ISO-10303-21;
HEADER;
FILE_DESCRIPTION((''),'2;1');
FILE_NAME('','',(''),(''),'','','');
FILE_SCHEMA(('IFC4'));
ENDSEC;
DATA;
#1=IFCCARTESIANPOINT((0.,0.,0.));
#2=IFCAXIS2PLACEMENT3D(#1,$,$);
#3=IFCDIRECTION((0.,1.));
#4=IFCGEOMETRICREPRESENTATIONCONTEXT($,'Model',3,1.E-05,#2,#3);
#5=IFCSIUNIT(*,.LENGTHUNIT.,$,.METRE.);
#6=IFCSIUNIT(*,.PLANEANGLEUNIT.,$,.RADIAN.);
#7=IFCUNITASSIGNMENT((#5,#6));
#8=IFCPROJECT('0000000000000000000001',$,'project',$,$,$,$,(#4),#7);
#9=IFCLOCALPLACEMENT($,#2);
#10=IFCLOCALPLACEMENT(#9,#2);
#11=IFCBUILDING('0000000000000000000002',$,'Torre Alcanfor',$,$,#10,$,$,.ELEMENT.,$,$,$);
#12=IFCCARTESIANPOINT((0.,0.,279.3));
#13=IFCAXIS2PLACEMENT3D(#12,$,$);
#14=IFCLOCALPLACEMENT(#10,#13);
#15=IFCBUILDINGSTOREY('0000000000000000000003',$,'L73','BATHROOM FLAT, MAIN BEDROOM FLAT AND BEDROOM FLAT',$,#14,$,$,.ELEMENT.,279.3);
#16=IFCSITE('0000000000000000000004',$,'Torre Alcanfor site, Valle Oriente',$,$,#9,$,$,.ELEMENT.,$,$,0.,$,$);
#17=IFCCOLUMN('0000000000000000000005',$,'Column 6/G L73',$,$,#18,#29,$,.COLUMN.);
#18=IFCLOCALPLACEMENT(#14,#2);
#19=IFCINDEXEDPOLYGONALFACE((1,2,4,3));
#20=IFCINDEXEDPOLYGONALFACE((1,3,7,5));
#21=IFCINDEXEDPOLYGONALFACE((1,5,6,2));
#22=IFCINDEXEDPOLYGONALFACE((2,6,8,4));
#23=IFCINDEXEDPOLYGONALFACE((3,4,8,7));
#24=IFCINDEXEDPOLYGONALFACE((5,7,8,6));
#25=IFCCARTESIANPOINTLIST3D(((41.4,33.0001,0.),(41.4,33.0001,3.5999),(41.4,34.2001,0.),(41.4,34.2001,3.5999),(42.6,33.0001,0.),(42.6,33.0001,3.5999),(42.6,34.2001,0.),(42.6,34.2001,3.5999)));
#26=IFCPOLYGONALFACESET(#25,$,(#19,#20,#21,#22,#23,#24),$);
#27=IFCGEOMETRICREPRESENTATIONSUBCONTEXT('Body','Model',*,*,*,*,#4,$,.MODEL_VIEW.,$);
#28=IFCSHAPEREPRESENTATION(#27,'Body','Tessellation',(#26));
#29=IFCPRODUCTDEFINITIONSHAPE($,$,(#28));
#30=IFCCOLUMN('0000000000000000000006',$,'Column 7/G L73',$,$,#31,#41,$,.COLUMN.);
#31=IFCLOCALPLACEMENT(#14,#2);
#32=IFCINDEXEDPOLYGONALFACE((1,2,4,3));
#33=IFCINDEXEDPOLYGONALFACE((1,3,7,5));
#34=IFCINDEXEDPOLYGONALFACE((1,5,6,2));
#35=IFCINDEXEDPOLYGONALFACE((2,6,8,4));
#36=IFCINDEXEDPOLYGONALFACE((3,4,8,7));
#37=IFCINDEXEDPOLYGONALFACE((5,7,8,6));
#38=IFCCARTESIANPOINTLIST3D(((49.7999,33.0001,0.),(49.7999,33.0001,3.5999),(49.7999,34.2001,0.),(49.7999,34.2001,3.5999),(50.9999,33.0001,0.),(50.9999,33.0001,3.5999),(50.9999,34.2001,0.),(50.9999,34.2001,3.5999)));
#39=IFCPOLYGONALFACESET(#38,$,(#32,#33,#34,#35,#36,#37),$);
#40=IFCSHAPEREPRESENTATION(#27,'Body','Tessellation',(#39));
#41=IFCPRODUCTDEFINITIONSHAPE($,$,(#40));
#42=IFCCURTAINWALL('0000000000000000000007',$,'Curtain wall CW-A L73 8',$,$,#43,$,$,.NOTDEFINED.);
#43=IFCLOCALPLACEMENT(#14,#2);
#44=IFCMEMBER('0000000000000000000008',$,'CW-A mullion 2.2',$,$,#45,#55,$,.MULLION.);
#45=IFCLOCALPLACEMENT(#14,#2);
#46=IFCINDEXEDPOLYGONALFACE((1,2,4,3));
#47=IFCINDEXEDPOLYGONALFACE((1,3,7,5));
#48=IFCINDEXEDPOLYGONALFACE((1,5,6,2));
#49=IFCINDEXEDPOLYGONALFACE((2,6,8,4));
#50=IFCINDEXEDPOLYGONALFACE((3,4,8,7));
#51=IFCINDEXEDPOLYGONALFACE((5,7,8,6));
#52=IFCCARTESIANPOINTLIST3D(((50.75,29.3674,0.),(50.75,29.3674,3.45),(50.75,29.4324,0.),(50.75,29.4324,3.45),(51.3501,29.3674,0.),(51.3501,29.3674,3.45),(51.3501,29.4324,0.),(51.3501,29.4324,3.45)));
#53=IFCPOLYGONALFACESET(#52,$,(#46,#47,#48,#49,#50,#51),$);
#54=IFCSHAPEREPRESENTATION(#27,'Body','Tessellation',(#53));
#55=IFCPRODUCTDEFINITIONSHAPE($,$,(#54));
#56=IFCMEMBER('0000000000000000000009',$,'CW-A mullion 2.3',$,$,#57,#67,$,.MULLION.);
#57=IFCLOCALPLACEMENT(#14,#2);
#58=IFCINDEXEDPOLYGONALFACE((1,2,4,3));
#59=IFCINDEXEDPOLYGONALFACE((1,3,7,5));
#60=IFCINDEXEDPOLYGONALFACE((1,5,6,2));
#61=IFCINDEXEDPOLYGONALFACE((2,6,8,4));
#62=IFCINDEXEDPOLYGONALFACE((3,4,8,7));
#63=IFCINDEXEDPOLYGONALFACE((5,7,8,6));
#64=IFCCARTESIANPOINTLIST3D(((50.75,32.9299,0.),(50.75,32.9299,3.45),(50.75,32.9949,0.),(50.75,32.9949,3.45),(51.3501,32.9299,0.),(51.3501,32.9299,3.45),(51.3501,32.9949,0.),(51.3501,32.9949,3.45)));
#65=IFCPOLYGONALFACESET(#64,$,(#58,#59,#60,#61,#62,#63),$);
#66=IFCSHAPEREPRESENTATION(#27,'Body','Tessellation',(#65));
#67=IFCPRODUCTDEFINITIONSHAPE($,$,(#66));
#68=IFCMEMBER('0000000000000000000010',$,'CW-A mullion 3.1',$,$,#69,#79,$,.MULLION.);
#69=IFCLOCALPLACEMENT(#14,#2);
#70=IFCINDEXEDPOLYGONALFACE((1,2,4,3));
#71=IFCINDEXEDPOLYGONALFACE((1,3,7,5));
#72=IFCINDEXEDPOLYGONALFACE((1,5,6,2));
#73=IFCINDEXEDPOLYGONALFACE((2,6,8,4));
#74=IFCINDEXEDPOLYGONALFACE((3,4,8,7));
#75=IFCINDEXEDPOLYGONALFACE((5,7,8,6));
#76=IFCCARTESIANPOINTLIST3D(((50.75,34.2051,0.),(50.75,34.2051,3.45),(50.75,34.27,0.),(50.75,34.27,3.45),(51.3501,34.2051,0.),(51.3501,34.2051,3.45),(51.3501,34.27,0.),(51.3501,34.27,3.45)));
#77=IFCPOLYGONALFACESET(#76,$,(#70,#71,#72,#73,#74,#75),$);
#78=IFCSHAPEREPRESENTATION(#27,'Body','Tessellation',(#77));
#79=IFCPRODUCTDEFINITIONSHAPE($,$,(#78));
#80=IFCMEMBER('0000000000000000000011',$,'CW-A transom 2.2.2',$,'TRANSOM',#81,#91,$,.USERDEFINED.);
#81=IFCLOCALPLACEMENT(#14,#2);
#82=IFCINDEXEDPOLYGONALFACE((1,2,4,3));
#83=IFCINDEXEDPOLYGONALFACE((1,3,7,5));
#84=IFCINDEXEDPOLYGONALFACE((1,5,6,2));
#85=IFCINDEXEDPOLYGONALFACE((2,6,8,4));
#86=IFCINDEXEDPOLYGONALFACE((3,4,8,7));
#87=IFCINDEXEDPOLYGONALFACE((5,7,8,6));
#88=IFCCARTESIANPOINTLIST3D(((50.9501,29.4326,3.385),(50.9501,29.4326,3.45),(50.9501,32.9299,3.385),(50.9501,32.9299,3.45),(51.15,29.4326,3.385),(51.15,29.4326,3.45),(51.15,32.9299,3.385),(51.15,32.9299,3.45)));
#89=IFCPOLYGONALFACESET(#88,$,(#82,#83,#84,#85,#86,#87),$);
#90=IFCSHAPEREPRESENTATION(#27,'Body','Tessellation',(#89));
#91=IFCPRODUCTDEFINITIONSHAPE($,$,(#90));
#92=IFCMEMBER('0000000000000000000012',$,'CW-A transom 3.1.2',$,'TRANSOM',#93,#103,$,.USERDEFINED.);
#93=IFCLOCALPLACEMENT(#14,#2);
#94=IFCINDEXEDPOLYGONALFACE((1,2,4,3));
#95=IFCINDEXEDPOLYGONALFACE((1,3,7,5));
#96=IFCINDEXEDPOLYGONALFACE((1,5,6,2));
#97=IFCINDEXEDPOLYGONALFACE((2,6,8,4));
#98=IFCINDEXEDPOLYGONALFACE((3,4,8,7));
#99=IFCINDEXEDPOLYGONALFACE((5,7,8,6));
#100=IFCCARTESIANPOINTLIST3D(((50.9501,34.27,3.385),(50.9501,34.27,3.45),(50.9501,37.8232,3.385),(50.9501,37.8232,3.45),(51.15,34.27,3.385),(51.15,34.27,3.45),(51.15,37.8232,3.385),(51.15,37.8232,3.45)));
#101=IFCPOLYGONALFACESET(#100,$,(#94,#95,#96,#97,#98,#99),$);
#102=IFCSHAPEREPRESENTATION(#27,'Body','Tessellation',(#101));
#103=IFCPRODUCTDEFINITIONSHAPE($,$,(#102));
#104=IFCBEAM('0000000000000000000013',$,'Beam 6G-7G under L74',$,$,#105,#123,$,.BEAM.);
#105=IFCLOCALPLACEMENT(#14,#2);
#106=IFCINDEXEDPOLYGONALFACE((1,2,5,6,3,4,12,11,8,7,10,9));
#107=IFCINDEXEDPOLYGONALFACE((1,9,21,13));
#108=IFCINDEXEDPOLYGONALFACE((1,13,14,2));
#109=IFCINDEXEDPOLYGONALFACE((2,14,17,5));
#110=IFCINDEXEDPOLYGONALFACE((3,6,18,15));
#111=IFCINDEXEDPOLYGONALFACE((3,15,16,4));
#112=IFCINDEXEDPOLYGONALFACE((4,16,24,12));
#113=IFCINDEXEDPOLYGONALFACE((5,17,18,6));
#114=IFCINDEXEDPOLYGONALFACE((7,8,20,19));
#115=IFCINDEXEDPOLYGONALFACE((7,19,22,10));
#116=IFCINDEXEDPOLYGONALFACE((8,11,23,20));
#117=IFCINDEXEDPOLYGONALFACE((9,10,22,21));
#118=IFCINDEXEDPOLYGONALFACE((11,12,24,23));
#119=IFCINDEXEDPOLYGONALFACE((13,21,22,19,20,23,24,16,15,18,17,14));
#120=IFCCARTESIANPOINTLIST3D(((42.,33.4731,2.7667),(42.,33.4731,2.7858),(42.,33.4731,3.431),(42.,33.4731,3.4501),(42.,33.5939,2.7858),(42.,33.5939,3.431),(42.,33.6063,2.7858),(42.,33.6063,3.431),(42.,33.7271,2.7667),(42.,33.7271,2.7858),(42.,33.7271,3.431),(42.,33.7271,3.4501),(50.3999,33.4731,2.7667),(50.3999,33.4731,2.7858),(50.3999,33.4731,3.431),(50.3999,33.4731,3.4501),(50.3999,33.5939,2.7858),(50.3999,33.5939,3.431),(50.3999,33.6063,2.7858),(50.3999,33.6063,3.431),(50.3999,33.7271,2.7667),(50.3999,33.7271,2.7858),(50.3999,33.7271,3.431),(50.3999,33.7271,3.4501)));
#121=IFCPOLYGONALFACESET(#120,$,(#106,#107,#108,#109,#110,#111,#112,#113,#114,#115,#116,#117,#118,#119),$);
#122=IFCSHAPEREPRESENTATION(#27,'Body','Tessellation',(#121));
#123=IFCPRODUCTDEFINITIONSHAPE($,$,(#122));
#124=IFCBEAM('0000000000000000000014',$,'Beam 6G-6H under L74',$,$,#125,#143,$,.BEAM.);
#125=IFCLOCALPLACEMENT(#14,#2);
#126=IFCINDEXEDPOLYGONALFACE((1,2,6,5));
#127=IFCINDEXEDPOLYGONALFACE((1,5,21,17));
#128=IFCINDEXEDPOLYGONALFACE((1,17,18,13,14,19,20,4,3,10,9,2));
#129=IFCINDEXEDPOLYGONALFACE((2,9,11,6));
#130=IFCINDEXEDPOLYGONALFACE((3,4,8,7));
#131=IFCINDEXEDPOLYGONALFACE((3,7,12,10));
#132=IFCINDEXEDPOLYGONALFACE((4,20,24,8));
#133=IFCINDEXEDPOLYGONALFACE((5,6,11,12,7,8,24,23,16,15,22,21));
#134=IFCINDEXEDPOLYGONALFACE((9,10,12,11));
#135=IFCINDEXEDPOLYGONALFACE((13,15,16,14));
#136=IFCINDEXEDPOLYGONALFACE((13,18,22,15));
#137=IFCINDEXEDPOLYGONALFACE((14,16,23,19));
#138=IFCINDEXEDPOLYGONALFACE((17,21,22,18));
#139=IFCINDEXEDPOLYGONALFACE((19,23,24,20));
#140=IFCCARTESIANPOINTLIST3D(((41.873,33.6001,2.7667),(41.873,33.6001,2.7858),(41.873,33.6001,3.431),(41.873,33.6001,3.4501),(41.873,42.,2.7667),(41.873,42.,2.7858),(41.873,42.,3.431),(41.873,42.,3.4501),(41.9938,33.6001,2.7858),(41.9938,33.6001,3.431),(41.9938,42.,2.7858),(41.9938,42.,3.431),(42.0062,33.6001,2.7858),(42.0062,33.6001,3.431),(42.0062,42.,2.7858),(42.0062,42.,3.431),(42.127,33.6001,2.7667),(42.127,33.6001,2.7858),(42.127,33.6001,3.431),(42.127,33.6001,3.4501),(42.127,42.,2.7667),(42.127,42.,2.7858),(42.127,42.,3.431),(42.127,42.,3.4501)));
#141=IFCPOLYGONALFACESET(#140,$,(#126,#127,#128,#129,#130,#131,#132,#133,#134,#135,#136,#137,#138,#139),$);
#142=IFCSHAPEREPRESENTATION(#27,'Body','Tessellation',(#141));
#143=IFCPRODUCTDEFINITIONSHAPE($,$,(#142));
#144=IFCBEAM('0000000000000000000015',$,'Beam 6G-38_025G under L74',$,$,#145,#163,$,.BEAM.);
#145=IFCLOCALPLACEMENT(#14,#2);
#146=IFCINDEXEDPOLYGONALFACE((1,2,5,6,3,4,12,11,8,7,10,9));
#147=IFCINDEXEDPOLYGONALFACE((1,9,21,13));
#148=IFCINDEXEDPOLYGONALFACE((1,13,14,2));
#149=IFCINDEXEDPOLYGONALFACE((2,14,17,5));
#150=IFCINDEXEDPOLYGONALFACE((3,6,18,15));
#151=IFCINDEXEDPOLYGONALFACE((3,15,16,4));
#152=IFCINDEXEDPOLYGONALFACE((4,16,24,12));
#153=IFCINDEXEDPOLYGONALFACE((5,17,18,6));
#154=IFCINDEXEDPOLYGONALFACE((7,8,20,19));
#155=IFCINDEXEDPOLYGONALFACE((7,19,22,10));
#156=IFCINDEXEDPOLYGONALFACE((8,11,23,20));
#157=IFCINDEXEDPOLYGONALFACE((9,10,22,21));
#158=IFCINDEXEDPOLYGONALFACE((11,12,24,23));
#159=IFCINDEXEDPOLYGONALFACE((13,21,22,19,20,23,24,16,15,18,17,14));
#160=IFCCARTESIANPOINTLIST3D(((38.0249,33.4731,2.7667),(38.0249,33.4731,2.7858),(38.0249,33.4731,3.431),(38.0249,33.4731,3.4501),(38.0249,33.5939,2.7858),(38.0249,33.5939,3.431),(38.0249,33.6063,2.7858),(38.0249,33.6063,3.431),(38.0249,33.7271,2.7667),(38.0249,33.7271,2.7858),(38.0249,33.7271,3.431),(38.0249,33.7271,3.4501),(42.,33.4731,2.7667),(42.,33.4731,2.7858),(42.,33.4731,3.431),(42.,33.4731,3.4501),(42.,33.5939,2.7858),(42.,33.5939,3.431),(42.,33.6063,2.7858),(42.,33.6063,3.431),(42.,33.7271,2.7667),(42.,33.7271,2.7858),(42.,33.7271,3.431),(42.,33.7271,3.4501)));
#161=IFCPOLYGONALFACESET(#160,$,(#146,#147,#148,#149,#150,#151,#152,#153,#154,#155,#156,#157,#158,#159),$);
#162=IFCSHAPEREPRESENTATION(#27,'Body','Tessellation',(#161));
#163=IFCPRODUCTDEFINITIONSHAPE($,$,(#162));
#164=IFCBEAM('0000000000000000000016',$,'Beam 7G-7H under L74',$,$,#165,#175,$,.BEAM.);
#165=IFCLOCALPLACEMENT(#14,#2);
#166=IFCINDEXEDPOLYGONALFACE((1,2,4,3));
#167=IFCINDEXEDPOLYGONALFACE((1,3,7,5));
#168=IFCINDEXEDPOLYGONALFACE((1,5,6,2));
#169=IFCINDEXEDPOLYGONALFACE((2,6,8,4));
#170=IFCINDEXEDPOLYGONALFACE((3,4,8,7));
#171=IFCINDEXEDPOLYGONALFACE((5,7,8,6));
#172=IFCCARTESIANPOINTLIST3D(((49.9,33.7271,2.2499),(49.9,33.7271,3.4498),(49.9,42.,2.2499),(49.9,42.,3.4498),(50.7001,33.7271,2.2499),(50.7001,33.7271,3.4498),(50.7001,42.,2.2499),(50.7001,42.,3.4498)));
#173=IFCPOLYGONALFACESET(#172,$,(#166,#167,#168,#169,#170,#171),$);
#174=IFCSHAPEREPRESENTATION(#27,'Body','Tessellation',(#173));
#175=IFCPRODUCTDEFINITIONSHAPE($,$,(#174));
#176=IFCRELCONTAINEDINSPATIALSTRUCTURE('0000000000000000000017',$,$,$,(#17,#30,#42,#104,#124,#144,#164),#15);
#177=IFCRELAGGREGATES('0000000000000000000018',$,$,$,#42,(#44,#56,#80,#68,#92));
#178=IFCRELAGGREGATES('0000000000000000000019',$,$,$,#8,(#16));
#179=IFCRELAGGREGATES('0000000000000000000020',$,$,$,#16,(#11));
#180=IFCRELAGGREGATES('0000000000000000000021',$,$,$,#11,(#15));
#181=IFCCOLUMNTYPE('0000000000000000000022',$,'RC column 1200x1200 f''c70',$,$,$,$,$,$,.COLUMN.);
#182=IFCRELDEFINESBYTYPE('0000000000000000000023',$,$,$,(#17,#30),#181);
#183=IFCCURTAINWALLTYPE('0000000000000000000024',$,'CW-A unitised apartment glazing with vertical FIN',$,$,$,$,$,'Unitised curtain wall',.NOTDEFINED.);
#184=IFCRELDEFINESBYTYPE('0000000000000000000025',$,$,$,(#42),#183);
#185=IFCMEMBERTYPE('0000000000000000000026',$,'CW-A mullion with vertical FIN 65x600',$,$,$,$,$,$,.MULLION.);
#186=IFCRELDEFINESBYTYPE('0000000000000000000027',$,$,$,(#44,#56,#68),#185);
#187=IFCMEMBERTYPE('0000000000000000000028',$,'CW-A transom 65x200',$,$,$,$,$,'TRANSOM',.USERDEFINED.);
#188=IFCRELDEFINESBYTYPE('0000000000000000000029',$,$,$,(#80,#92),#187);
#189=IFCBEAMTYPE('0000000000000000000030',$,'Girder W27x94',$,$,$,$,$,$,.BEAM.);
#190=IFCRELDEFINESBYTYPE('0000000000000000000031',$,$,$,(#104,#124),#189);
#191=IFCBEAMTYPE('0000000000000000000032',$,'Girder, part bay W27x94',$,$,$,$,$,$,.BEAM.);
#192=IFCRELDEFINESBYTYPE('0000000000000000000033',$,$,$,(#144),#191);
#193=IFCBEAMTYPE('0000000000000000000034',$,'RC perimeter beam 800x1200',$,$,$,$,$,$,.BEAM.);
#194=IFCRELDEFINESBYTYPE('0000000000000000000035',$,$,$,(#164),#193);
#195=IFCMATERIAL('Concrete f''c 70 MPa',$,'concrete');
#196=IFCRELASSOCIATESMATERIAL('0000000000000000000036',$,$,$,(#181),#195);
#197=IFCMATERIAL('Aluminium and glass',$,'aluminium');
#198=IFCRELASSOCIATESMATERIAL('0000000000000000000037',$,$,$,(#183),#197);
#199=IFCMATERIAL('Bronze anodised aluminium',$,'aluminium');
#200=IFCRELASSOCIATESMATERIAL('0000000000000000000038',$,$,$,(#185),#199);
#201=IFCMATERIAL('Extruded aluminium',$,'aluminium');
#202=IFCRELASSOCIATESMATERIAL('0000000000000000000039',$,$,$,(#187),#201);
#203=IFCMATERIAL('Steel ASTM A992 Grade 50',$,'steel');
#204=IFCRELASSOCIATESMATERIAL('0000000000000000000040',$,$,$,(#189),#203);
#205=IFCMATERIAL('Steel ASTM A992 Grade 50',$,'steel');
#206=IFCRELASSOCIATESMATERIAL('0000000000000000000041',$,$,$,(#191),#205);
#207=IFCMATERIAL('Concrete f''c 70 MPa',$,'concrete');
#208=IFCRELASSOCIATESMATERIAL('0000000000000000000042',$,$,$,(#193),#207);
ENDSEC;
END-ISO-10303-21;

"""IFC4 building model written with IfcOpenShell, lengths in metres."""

from ifc_helpers import new_model, si_unit, direction, frame, origin, origin_2d, place, context, subcontext, project, spatial, rectangle, i_section, extrude, material, material_profile, profile_set, type_object, element, aggregate, save


model = new_model("IFC4")

# Units and contexts
model_context = context("Model", 3, precision=1e-05, world=origin(), true_north=direction((0.0, 1.0)))
body_context = subcontext(model_context, "Body", "Model", "MODEL_VIEW")
ifc_project = project(units=[si_unit("LENGTHUNIT", "METRE"), si_unit("PLANEANGLEUNIT", "RADIAN")], contexts=[model_context])

# Site, building, storey
site_placement = place(None, origin())
site = spatial("IfcSite", under=ifc_project, at=site_placement, Name="Torre Alcanfor site, Valle Oriente", CompositionType="ELEMENT", RefElevation=0.0)
building_placement = place(site_placement, origin())
building = spatial("IfcBuilding", under=site, at=building_placement, Name="Torre Alcanfor", CompositionType="ELEMENT")
storey_placement = place(building_placement, frame((0.0, 0.0, 279.3)))
storey = spatial("IfcBuildingStorey", under=building, at=storey_placement, Name="L73", Description="BATHROOM FLAT, MAIN BEDROOM FLAT AND BEDROOM FLAT", CompositionType="ELEMENT", Elevation=279.3)

# Columns
ifc_material_1 = material(Name="Concrete f'c 70 MPa", Category="concrete")
ifc_material_profile_1 = material_profile(ifc_material_1, rectangle(XDim=1.2, YDim=1.2, at=origin_2d()), Name="1200x1200")
ifc_profile_set_1 = profile_set([ifc_material_profile_1], Name="Concrete f'c 70 MPa")
column_type = type_object("IfcColumnType", Name="RC column 1200x1200 f'c70", PredefinedType="COLUMN", material=ifc_profile_set_1)
for number, where, z_axis, x_axis, name in (
    (1, (42.0, 33.6001, 0.0), (0.0, 0.0, 1.0), (1.0, 0.0, 0.0), "Column 6/G L73"),
    (2, (50.3999, 33.6001, 0.0), (0.0, 0.0, 1.0), (1.0, 0.0, 0.0), "Column 7/G L73"),
):
    element("IfcColumn", number, at=place(storey_placement, frame(where, z_axis=z_axis, x_axis=x_axis)), inside=storey, type_object=column_type, Name=name, PredefinedType="COLUMN", context=body_context, shape_type="SweptSolid", body=[
        extrude(rectangle(XDim=1.2, YDim=1.2, at=origin_2d()), origin(), (0.0, 0.0, 1.0), 3.5999),
    ])

# Curtain wall, members
ifc_material_2 = material(Name="Aluminium and glass", Category="aluminium")
curtain_wall_type = type_object("IfcCurtainWallType", Name="CW-A unitised apartment glazing with vertical FIN", ElementType="Unitised curtain wall", PredefinedType="NOTDEFINED", material=ifc_material_2)
curtain_wall_placement = place(storey_placement, origin())
curtain_wall = element("IfcCurtainWall", 3, at=curtain_wall_placement, inside=storey, type_object=curtain_wall_type, Name="Curtain wall CW-A L73 8", PredefinedType="NOTDEFINED")
ifc_material_3 = material(Name="Bronze anodised aluminium", Category="aluminium")
ifc_material_profile_2 = material_profile(ifc_material_3, rectangle(XDim=0.6001, YDim=0.0649, at=origin_2d()), Name="CW-A mullion 65x600")
ifc_profile_set_2 = profile_set([ifc_material_profile_2], Name="Bronze anodised aluminium")
member_type_1 = type_object("IfcMemberType", Name="CW-A mullion with vertical FIN 65x600", PredefinedType="MULLION", material=ifc_profile_set_2)
member_1_placement = place(storey_placement, frame((51.05, 29.3999, 0.0), z_axis=(0.0, 0.0, 1.0), x_axis=(-1.0, 0.0, 0.0)))
member_1 = element("IfcMember", 4, at=member_1_placement, type_object=member_type_1, Name="CW-A mullion 2.2", PredefinedType="MULLION", context=body_context, shape_type="SweptSolid", body=[
    extrude(rectangle(XDim=0.6001, YDim=0.0649, at=origin_2d()), origin(), (0.0, 0.0, 1.0), 3.45),
])
member_2_placement = place(storey_placement, frame((51.05, 32.9624, 0.0), z_axis=(0.0, 0.0, 1.0), x_axis=(-1.0, 0.0, 0.0)))
member_2 = element("IfcMember", 5, at=member_2_placement, type_object=member_type_1, Name="CW-A mullion 2.3", PredefinedType="MULLION", context=body_context, shape_type="SweptSolid", body=[
    extrude(rectangle(XDim=0.6001, YDim=0.0649, at=origin_2d()), origin(), (0.0, 0.0, 1.0), 3.45),
])
member_3_placement = place(storey_placement, frame((51.05, 34.2375, 0.0), z_axis=(0.0, 0.0, 1.0), x_axis=(-1.0, 0.0, 0.0)))
member_3 = element("IfcMember", 6, at=member_3_placement, type_object=member_type_1, Name="CW-A mullion 3.1", PredefinedType="MULLION", context=body_context, shape_type="SweptSolid", body=[
    extrude(rectangle(XDim=0.6001, YDim=0.0649, at=origin_2d()), origin(), (0.0, 0.0, 1.0), 3.45),
])
ifc_material_4 = material(Name="Extruded aluminium", Category="aluminium")
ifc_material_profile_3 = material_profile(ifc_material_4, rectangle(XDim=0.2, YDim=0.0649, at=origin_2d()), Name="CW-A transom 200x65")
ifc_profile_set_3 = profile_set([ifc_material_profile_3], Name="Extruded aluminium")
member_type_2 = type_object("IfcMemberType", Name="CW-A transom 65x200", ElementType="TRANSOM", PredefinedType="USERDEFINED", material=ifc_profile_set_3)
member_4_placement = place(storey_placement, frame((51.05, 29.4326, 3.4175), z_axis=(0.0, 1.0, 0.0), x_axis=(-1.0, 0.0, 0.0)))
member_4 = element("IfcMember", 7, at=member_4_placement, type_object=member_type_2, Name="CW-A transom 2.2.2", ObjectType="TRANSOM", PredefinedType="USERDEFINED", context=body_context, shape_type="SweptSolid", body=[
    extrude(rectangle(XDim=0.2, YDim=0.0649, at=origin_2d()), origin(), (0.0, 0.0, 1.0), 3.4973),
])
member_5_placement = place(storey_placement, frame((51.05, 34.27, 3.4175), z_axis=(0.0, 1.0, 0.0), x_axis=(-1.0, 0.0, 0.0)))
member_5 = element("IfcMember", 8, at=member_5_placement, type_object=member_type_2, Name="CW-A transom 3.1.2", ObjectType="TRANSOM", PredefinedType="USERDEFINED", context=body_context, shape_type="SweptSolid", body=[
    extrude(rectangle(XDim=0.2, YDim=0.0649, at=origin_2d()), origin(), (0.0, 0.0, 1.0), 3.5532),
])

# Beams
ifc_material_5 = material(Name="Steel ASTM A992 Grade 50", Category="steel")
ifc_material_profile_4 = material_profile(ifc_material_5, i_section(OverallWidth=0.2539, OverallDepth=0.6833, WebThickness=0.0125, FlangeThickness=0.019, at=origin_2d()), Name="W27x94")
ifc_profile_set_4 = profile_set([ifc_material_profile_4], Name="Steel ASTM A992 Grade 50")
beam_type_1 = type_object("IfcBeamType", Name="Girder W27x94", PredefinedType="BEAM", material=ifc_profile_set_4)
for number, where, z_axis, x_axis, name in (
    (9, (42.0, 33.6001, 3.1084), (1.0, 0.0, 0.0), (0.0, 1.0, 0.0), "Beam 6G-7G under L74"),
    (10, (42.0, 33.6001, 3.1084), (0.0, 1.0, 0.0), (-1.0, 0.0, 0.0), "Beam 6G-6H under L74"),
):
    element("IfcBeam", number, at=place(storey_placement, frame(where, z_axis=z_axis, x_axis=x_axis)), inside=storey, type_object=beam_type_1, Name=name, PredefinedType="BEAM", context=body_context, shape_type="SweptSolid", body=[
        extrude(i_section(OverallWidth=0.2539, OverallDepth=0.6833, WebThickness=0.0125, FlangeThickness=0.019, at=origin_2d()), origin(), (0.0, 0.0, 1.0), 8.3999),
    ])
ifc_material_6 = material(Name="Steel ASTM A992 Grade 50", Category="steel")
ifc_material_profile_5 = material_profile(ifc_material_6, i_section(OverallWidth=0.2539, OverallDepth=0.6833, WebThickness=0.0125, FlangeThickness=0.019, at=origin_2d()), Name="W27x94")
ifc_profile_set_5 = profile_set([ifc_material_profile_5], Name="Steel ASTM A992 Grade 50")
beam_type_2 = type_object("IfcBeamType", Name="Girder, part bay W27x94", PredefinedType="BEAM", material=ifc_profile_set_5)
beam_1_placement = place(storey_placement, frame((42.0, 33.6001, 3.1084), z_axis=(-1.0, 0.0, 0.0), x_axis=(0.0, -1.0, 0.0)))
element("IfcBeam", 11, at=beam_1_placement, inside=storey, type_object=beam_type_2, Name="Beam 6G-38_025G under L74", PredefinedType="BEAM", context=body_context, shape_type="SweptSolid", body=[
    extrude(i_section(OverallWidth=0.2539, OverallDepth=0.6833, WebThickness=0.0125, FlangeThickness=0.019, at=origin_2d()), origin(), (0.0, 0.0, 1.0), 3.9751),
])
ifc_material_7 = material(Name="Concrete f'c 70 MPa", Category="concrete")
ifc_material_profile_6 = material_profile(ifc_material_7, rectangle(XDim=0.8, YDim=1.2, at=origin_2d()), Name="800x1200")
ifc_profile_set_6 = profile_set([ifc_material_profile_6], Name="Concrete f'c 70 MPa")
beam_type_3 = type_object("IfcBeamType", Name="RC perimeter beam 800x1200", PredefinedType="BEAM", material=ifc_profile_set_6)
beam_2_placement = place(storey_placement, frame((50.3, 33.7271, 2.8499), z_axis=(0.0, 1.0, 0.0), x_axis=(-1.0, 0.0, 0.0)))
element("IfcBeam", 12, at=beam_2_placement, inside=storey, type_object=beam_type_3, Name="Beam 7G-7H under L74", PredefinedType="BEAM", context=body_context, shape_type="SweptSolid", body=[
    extrude(rectangle(XDim=0.8, YDim=1.2, at=origin_2d()), origin(), (0.0, 0.0, 1.0), 8.2729),
])

aggregate(curtain_wall, [member_1, member_2, member_4, member_3, member_5])

save(model, "model.ifc")
